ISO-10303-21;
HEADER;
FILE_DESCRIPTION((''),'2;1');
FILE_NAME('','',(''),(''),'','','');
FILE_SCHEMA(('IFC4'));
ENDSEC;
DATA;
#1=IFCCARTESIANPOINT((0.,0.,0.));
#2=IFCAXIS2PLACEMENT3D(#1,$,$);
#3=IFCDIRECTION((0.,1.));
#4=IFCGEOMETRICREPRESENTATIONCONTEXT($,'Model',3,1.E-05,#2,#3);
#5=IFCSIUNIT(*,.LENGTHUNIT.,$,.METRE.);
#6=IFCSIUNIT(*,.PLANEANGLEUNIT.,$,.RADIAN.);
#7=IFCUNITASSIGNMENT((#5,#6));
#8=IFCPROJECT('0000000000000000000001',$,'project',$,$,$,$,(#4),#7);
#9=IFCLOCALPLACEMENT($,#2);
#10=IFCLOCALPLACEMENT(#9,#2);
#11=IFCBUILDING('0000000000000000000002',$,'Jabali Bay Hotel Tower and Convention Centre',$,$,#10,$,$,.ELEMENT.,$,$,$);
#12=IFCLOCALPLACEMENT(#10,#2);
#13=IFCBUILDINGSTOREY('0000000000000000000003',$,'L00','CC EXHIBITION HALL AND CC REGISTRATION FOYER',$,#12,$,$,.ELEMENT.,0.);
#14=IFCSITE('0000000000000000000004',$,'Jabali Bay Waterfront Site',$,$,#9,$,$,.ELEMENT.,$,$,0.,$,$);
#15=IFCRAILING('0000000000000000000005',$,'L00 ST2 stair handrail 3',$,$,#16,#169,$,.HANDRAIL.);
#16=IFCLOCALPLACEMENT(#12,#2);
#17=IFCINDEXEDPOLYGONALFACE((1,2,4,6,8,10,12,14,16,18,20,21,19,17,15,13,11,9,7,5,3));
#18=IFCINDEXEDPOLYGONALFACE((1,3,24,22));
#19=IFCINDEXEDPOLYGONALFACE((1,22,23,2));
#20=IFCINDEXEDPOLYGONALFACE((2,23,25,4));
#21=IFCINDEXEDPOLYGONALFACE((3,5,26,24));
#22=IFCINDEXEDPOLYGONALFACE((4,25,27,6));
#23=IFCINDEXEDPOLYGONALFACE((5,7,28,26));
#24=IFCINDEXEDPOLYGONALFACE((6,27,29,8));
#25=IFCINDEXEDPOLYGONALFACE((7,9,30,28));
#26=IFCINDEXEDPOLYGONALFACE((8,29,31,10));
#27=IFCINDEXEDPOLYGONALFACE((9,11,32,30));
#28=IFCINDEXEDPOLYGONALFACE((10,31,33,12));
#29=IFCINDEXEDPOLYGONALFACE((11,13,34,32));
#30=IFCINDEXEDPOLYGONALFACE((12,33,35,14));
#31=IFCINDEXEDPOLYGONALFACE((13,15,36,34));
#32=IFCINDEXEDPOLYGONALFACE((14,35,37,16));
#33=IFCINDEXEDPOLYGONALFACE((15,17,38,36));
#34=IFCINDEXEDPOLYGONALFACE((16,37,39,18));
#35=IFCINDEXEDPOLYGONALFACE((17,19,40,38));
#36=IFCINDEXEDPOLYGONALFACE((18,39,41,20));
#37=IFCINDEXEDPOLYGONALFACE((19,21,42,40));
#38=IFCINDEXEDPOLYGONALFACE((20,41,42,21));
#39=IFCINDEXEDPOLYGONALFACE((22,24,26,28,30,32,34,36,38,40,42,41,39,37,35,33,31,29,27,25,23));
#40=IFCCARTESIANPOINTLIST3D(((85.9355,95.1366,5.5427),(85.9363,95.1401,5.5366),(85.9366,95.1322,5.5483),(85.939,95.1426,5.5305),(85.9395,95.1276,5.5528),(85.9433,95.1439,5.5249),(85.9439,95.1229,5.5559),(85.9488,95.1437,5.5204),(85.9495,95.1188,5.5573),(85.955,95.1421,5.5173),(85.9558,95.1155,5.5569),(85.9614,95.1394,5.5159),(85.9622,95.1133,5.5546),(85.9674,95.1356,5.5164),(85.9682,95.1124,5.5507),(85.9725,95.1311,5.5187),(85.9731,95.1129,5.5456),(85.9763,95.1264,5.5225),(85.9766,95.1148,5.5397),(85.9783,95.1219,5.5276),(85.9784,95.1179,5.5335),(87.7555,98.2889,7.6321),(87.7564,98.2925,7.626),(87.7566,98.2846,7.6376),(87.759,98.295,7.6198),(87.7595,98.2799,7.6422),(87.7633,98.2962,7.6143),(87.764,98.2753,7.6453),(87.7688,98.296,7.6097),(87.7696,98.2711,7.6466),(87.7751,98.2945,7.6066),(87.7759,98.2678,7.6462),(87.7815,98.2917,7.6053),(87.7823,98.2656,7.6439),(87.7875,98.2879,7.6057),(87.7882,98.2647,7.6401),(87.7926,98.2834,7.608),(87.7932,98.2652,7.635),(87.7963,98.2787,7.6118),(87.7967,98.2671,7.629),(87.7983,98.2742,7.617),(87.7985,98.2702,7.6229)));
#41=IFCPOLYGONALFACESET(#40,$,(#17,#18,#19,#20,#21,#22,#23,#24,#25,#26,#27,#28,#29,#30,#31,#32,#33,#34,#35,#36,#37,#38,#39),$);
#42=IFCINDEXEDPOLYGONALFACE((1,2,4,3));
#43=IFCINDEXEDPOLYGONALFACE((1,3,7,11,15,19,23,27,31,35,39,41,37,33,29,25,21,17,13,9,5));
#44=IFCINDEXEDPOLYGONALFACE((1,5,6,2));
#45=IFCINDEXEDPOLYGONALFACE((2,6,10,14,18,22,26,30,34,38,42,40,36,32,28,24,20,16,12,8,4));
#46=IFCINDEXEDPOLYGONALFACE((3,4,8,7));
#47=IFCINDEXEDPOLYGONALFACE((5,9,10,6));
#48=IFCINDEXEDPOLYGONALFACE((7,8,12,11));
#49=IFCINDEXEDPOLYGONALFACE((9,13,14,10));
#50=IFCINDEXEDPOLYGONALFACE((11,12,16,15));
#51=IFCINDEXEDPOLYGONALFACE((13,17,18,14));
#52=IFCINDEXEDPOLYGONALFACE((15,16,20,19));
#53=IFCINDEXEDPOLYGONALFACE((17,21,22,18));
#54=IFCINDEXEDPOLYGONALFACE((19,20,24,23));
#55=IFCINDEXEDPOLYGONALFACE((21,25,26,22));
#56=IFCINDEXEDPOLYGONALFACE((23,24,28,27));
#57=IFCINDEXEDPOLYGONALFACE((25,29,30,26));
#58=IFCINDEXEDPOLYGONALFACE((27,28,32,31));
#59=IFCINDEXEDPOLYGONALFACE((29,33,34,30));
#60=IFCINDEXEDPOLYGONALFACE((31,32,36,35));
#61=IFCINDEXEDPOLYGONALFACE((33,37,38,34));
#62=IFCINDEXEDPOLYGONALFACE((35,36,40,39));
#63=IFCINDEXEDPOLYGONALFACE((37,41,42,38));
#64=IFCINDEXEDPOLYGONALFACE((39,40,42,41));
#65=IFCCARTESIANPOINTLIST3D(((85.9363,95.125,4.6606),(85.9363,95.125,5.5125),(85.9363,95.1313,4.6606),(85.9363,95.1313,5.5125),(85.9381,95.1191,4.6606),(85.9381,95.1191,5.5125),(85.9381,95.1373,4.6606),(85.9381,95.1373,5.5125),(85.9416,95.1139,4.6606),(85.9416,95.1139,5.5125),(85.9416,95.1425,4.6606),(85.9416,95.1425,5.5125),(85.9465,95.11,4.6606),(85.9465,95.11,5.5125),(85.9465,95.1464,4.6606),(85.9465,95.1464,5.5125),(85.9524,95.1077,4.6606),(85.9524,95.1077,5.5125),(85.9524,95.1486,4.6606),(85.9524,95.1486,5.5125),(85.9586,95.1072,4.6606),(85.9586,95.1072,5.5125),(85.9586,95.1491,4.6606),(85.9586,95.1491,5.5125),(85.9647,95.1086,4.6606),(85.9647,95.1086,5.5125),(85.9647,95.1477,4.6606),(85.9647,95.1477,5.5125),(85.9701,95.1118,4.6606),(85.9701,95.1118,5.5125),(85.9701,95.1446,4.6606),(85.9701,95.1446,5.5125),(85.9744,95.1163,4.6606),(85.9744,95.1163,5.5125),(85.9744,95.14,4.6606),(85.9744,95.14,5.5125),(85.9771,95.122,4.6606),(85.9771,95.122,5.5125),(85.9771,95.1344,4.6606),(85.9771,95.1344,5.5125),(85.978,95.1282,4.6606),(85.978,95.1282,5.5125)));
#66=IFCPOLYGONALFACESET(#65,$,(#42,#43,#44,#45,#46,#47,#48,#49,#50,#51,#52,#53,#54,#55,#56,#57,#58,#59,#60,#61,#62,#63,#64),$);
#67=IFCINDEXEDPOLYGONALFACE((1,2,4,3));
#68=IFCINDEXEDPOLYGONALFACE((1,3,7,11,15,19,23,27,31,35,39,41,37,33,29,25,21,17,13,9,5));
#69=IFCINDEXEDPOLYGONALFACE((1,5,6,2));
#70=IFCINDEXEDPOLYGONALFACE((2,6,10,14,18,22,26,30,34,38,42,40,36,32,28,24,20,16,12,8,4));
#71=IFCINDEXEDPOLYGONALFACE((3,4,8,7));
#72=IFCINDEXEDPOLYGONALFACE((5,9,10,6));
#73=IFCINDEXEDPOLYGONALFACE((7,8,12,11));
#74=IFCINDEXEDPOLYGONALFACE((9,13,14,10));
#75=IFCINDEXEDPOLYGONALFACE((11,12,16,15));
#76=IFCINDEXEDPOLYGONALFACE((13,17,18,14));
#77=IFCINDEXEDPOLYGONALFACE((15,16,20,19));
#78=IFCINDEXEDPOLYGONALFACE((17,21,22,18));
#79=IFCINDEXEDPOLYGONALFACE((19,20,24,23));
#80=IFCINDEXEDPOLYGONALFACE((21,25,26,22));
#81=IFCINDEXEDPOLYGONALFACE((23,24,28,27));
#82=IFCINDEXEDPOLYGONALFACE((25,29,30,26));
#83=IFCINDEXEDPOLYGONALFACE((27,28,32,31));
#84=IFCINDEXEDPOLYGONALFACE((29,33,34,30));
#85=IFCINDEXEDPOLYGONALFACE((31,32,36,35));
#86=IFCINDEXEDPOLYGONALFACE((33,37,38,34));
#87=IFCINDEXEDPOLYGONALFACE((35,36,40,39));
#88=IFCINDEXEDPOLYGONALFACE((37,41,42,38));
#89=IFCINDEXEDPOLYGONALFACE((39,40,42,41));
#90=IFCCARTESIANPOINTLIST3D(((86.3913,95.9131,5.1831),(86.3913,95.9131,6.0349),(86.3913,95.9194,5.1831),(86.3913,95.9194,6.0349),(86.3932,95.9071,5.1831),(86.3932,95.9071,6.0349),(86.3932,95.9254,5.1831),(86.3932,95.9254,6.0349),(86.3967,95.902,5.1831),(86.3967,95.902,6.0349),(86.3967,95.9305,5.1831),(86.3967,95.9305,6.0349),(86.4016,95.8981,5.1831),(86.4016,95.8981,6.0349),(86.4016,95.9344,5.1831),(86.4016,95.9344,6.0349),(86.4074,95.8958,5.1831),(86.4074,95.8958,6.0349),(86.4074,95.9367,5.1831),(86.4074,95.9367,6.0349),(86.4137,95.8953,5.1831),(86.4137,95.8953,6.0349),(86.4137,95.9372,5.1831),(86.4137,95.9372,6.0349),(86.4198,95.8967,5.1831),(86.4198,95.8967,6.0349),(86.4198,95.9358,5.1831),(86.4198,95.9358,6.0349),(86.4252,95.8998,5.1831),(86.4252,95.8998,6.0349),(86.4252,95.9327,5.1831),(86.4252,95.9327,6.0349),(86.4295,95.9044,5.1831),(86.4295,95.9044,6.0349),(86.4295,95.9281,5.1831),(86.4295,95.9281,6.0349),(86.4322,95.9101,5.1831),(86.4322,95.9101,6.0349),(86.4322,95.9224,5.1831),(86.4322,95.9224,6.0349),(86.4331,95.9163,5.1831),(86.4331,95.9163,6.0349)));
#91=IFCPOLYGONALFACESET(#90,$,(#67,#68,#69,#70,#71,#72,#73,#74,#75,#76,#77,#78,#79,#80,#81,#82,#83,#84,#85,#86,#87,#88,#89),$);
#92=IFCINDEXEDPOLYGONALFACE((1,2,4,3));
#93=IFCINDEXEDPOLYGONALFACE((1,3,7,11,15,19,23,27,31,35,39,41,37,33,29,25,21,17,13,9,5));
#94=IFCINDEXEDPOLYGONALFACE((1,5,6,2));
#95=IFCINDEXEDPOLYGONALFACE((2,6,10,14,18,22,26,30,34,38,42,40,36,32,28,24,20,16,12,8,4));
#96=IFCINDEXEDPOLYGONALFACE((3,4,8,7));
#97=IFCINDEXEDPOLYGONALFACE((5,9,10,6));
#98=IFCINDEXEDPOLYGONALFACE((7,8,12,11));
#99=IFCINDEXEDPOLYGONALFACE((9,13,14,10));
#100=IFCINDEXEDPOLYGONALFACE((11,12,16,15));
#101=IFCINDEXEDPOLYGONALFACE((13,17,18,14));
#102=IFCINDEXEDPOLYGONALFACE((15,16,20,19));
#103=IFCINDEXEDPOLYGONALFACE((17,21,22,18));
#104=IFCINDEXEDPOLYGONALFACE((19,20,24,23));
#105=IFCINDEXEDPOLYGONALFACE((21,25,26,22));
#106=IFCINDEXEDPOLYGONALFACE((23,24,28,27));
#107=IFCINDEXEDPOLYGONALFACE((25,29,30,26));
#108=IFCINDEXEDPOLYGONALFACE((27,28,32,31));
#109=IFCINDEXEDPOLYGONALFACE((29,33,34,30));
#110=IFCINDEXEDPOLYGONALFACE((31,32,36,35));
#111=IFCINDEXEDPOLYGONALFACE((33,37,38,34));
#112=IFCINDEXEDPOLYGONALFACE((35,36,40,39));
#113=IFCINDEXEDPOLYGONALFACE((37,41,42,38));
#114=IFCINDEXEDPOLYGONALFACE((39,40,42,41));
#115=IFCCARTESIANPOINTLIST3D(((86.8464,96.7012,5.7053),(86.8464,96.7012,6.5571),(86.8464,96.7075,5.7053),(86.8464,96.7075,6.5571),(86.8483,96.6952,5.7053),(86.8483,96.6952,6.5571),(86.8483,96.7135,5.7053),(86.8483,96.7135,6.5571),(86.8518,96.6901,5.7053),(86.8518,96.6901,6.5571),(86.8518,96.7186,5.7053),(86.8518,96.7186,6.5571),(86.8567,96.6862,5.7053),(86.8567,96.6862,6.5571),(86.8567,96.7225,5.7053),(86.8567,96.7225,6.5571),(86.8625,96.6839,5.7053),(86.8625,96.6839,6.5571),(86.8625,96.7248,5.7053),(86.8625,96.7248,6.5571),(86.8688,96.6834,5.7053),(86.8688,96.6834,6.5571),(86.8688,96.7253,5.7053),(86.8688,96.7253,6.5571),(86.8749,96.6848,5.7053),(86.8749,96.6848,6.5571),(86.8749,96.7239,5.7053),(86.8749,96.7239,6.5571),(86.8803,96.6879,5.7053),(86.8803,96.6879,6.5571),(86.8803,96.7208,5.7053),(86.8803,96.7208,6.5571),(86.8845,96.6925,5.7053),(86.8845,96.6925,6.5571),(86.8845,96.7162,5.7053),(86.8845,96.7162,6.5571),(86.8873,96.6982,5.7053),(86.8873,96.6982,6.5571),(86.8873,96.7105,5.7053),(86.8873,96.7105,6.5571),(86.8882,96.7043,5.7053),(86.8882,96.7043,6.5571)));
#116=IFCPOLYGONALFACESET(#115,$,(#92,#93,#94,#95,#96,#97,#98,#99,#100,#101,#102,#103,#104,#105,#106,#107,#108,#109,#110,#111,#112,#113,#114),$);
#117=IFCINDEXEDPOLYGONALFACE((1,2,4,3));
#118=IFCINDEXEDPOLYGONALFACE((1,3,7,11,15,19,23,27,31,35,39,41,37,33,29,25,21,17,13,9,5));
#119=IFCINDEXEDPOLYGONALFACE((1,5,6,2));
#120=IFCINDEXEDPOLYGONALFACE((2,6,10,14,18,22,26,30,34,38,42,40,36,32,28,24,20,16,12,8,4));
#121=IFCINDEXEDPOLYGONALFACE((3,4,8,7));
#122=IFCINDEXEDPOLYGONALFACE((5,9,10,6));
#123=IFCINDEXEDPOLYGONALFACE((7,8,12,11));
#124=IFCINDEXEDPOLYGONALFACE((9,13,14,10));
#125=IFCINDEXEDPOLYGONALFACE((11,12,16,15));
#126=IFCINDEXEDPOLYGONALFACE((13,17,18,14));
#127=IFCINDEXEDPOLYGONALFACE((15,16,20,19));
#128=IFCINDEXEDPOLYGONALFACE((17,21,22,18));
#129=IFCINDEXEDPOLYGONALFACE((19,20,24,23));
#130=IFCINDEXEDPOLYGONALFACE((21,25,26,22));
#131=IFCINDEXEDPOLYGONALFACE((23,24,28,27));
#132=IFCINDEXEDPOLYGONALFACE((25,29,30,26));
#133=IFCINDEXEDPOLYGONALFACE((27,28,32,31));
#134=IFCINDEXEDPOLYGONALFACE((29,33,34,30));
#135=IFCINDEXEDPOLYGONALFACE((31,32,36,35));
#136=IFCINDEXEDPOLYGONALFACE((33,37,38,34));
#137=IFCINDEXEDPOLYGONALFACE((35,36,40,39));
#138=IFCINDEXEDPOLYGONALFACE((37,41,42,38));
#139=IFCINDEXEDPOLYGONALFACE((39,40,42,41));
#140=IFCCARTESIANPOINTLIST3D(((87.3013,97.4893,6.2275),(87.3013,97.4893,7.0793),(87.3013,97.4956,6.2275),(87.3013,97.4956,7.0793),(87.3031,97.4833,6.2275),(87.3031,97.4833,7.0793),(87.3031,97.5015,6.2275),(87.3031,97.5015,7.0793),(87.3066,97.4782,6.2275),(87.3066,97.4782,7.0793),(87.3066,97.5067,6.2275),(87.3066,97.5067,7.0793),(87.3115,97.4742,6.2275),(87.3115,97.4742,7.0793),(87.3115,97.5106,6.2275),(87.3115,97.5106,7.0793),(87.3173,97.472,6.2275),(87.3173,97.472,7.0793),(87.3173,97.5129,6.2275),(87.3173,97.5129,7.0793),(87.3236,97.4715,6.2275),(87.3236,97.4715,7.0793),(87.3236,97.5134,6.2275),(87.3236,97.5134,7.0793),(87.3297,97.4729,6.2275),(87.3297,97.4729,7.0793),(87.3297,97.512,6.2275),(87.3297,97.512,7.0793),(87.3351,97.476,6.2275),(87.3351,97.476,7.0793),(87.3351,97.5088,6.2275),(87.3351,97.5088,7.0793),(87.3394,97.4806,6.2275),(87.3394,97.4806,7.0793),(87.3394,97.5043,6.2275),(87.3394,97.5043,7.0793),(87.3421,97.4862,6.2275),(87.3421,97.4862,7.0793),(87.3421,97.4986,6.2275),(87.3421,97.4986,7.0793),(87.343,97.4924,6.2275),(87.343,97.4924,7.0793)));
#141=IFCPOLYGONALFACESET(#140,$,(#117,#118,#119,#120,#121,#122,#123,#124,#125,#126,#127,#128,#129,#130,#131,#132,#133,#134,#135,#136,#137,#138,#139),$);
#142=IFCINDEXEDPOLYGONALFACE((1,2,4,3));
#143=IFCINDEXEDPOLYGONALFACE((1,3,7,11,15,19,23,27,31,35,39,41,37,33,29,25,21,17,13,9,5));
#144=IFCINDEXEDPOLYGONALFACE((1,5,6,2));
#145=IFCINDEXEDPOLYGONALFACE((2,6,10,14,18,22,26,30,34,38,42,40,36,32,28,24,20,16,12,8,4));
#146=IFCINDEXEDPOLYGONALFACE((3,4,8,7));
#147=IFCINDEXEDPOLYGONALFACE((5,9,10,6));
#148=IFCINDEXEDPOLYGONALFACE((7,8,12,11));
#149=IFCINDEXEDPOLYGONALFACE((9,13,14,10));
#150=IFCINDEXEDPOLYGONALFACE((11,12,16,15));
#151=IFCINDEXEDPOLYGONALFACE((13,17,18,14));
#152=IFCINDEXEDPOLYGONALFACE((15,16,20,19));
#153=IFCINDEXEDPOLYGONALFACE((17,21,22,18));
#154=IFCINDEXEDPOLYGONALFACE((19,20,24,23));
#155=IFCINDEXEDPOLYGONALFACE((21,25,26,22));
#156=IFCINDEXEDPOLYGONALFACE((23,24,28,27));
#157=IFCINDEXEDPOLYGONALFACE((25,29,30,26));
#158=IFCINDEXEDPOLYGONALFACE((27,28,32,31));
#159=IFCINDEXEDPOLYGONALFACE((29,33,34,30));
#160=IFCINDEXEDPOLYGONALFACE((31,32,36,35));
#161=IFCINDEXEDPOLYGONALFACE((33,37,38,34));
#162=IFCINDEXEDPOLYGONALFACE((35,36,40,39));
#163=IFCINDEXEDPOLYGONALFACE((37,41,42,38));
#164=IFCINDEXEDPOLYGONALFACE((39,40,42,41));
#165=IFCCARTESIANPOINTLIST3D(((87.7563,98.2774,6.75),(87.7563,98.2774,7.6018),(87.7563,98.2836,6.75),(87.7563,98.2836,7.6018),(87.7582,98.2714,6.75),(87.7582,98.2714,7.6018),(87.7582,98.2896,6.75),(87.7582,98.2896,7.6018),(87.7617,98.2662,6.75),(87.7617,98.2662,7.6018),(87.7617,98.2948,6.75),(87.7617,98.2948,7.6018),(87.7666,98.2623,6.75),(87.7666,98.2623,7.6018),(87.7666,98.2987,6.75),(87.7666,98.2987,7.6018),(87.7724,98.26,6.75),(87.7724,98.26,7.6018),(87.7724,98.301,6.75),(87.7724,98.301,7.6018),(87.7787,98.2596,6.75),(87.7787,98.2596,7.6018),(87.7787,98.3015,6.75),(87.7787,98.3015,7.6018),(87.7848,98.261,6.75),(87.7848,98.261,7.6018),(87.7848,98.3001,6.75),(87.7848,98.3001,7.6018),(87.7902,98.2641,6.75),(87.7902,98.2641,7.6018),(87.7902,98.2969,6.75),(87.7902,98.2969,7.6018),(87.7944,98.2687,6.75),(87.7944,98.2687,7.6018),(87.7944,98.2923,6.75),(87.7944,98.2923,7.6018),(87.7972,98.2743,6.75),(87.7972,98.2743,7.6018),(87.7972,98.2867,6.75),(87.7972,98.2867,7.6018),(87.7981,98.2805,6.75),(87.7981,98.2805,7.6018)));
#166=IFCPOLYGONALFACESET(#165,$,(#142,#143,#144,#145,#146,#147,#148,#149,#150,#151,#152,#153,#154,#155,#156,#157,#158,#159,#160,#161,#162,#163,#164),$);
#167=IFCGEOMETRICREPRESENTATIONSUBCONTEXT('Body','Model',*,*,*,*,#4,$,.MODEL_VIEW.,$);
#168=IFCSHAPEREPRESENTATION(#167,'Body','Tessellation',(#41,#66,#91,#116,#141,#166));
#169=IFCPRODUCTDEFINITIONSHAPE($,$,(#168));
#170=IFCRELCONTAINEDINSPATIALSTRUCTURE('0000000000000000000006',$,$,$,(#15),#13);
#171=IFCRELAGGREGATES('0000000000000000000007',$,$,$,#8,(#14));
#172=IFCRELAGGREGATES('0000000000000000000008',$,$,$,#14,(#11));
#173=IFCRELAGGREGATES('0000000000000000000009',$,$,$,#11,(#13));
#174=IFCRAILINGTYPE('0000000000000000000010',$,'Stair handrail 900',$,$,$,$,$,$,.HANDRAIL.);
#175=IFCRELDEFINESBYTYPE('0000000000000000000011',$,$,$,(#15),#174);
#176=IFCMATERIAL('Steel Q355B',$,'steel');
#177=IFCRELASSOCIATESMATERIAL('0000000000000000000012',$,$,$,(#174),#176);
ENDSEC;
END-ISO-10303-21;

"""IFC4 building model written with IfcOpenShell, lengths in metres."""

from ifc_helpers import new_model, si_unit, direction, frame, origin, origin_2d, place, context, subcontext, project, spatial, circle, extrude, material, type_object, element, save


model = new_model("IFC4")

# Units and contexts
model_context = context("Model", 3, precision=1e-05, world=origin(), true_north=direction((0.0, 1.0)))
body_context = subcontext(model_context, "Body", "Model", "MODEL_VIEW")
ifc_project = project(units=[si_unit("LENGTHUNIT", "METRE"), si_unit("PLANEANGLEUNIT", "RADIAN")], contexts=[model_context])

# Site, building, storey
site_placement = place(None, origin())
site = spatial("IfcSite", under=ifc_project, at=site_placement, Name="Jabali Bay Waterfront Site", CompositionType="ELEMENT", RefElevation=0.0)
building_placement = place(site_placement, origin())
building = spatial("IfcBuilding", under=site, at=building_placement, Name="Jabali Bay Hotel Tower and Convention Centre", CompositionType="ELEMENT")
storey_placement = place(building_placement, origin())
storey = spatial("IfcBuildingStorey", under=building, at=storey_placement, Name="L00", Description="CC EXHIBITION HALL AND CC REGISTRATION FOYER", CompositionType="ELEMENT", Elevation=0.0)

# Railing
ifc_material_1 = material(Name="Steel Q355B", Category="steel")
railing_type_1 = type_object("IfcRailingType", Name="Stair handrail 900", PredefinedType="HANDRAIL", material=ifc_material_1)
railing_1_placement = place(storey_placement, frame((85.957, 95.1282, 4.6606)))
element("IfcRailing", 1, at=railing_1_placement, inside=storey, type_object=railing_type_1, Name="L00 ST2 stair handrail 3", PredefinedType="HANDRAIL", context=body_context, shape_type="SweptSolid", body=[
    extrude(circle(Radius=0.0239, at=origin_2d()), frame((0.0, 0.0, 0.876), z_axis=(0.433653, 0.751084, 0.497814), x_axis=(-0.866018, 0.500013, 0.0)), (0.0, 0.0, 1.0), 4.197),
    extrude(circle(Radius=0.021, at=origin_2d()), origin(), (0.0, 0.0, 1.0), 0.8518),
    extrude(circle(Radius=0.021, at=origin_2d()), frame((0.4551, 0.7881, 0.5225)), (0.0, 0.0, 1.0), 0.8518),
    extrude(circle(Radius=0.021, at=origin_2d()), frame((0.9102, 1.5762, 1.0447)), (0.0, 0.0, 1.0), 0.8518),
    extrude(circle(Radius=0.021, at=origin_2d()), frame((1.365, 2.3643, 1.5669)), (0.0, 0.0, 1.0), 0.8518),
    extrude(circle(Radius=0.021, at=origin_2d()), frame((1.8201, 3.1523, 2.0894)), (0.0, 0.0, 1.0), 0.8518),
])

save(model, "model.ifc")
